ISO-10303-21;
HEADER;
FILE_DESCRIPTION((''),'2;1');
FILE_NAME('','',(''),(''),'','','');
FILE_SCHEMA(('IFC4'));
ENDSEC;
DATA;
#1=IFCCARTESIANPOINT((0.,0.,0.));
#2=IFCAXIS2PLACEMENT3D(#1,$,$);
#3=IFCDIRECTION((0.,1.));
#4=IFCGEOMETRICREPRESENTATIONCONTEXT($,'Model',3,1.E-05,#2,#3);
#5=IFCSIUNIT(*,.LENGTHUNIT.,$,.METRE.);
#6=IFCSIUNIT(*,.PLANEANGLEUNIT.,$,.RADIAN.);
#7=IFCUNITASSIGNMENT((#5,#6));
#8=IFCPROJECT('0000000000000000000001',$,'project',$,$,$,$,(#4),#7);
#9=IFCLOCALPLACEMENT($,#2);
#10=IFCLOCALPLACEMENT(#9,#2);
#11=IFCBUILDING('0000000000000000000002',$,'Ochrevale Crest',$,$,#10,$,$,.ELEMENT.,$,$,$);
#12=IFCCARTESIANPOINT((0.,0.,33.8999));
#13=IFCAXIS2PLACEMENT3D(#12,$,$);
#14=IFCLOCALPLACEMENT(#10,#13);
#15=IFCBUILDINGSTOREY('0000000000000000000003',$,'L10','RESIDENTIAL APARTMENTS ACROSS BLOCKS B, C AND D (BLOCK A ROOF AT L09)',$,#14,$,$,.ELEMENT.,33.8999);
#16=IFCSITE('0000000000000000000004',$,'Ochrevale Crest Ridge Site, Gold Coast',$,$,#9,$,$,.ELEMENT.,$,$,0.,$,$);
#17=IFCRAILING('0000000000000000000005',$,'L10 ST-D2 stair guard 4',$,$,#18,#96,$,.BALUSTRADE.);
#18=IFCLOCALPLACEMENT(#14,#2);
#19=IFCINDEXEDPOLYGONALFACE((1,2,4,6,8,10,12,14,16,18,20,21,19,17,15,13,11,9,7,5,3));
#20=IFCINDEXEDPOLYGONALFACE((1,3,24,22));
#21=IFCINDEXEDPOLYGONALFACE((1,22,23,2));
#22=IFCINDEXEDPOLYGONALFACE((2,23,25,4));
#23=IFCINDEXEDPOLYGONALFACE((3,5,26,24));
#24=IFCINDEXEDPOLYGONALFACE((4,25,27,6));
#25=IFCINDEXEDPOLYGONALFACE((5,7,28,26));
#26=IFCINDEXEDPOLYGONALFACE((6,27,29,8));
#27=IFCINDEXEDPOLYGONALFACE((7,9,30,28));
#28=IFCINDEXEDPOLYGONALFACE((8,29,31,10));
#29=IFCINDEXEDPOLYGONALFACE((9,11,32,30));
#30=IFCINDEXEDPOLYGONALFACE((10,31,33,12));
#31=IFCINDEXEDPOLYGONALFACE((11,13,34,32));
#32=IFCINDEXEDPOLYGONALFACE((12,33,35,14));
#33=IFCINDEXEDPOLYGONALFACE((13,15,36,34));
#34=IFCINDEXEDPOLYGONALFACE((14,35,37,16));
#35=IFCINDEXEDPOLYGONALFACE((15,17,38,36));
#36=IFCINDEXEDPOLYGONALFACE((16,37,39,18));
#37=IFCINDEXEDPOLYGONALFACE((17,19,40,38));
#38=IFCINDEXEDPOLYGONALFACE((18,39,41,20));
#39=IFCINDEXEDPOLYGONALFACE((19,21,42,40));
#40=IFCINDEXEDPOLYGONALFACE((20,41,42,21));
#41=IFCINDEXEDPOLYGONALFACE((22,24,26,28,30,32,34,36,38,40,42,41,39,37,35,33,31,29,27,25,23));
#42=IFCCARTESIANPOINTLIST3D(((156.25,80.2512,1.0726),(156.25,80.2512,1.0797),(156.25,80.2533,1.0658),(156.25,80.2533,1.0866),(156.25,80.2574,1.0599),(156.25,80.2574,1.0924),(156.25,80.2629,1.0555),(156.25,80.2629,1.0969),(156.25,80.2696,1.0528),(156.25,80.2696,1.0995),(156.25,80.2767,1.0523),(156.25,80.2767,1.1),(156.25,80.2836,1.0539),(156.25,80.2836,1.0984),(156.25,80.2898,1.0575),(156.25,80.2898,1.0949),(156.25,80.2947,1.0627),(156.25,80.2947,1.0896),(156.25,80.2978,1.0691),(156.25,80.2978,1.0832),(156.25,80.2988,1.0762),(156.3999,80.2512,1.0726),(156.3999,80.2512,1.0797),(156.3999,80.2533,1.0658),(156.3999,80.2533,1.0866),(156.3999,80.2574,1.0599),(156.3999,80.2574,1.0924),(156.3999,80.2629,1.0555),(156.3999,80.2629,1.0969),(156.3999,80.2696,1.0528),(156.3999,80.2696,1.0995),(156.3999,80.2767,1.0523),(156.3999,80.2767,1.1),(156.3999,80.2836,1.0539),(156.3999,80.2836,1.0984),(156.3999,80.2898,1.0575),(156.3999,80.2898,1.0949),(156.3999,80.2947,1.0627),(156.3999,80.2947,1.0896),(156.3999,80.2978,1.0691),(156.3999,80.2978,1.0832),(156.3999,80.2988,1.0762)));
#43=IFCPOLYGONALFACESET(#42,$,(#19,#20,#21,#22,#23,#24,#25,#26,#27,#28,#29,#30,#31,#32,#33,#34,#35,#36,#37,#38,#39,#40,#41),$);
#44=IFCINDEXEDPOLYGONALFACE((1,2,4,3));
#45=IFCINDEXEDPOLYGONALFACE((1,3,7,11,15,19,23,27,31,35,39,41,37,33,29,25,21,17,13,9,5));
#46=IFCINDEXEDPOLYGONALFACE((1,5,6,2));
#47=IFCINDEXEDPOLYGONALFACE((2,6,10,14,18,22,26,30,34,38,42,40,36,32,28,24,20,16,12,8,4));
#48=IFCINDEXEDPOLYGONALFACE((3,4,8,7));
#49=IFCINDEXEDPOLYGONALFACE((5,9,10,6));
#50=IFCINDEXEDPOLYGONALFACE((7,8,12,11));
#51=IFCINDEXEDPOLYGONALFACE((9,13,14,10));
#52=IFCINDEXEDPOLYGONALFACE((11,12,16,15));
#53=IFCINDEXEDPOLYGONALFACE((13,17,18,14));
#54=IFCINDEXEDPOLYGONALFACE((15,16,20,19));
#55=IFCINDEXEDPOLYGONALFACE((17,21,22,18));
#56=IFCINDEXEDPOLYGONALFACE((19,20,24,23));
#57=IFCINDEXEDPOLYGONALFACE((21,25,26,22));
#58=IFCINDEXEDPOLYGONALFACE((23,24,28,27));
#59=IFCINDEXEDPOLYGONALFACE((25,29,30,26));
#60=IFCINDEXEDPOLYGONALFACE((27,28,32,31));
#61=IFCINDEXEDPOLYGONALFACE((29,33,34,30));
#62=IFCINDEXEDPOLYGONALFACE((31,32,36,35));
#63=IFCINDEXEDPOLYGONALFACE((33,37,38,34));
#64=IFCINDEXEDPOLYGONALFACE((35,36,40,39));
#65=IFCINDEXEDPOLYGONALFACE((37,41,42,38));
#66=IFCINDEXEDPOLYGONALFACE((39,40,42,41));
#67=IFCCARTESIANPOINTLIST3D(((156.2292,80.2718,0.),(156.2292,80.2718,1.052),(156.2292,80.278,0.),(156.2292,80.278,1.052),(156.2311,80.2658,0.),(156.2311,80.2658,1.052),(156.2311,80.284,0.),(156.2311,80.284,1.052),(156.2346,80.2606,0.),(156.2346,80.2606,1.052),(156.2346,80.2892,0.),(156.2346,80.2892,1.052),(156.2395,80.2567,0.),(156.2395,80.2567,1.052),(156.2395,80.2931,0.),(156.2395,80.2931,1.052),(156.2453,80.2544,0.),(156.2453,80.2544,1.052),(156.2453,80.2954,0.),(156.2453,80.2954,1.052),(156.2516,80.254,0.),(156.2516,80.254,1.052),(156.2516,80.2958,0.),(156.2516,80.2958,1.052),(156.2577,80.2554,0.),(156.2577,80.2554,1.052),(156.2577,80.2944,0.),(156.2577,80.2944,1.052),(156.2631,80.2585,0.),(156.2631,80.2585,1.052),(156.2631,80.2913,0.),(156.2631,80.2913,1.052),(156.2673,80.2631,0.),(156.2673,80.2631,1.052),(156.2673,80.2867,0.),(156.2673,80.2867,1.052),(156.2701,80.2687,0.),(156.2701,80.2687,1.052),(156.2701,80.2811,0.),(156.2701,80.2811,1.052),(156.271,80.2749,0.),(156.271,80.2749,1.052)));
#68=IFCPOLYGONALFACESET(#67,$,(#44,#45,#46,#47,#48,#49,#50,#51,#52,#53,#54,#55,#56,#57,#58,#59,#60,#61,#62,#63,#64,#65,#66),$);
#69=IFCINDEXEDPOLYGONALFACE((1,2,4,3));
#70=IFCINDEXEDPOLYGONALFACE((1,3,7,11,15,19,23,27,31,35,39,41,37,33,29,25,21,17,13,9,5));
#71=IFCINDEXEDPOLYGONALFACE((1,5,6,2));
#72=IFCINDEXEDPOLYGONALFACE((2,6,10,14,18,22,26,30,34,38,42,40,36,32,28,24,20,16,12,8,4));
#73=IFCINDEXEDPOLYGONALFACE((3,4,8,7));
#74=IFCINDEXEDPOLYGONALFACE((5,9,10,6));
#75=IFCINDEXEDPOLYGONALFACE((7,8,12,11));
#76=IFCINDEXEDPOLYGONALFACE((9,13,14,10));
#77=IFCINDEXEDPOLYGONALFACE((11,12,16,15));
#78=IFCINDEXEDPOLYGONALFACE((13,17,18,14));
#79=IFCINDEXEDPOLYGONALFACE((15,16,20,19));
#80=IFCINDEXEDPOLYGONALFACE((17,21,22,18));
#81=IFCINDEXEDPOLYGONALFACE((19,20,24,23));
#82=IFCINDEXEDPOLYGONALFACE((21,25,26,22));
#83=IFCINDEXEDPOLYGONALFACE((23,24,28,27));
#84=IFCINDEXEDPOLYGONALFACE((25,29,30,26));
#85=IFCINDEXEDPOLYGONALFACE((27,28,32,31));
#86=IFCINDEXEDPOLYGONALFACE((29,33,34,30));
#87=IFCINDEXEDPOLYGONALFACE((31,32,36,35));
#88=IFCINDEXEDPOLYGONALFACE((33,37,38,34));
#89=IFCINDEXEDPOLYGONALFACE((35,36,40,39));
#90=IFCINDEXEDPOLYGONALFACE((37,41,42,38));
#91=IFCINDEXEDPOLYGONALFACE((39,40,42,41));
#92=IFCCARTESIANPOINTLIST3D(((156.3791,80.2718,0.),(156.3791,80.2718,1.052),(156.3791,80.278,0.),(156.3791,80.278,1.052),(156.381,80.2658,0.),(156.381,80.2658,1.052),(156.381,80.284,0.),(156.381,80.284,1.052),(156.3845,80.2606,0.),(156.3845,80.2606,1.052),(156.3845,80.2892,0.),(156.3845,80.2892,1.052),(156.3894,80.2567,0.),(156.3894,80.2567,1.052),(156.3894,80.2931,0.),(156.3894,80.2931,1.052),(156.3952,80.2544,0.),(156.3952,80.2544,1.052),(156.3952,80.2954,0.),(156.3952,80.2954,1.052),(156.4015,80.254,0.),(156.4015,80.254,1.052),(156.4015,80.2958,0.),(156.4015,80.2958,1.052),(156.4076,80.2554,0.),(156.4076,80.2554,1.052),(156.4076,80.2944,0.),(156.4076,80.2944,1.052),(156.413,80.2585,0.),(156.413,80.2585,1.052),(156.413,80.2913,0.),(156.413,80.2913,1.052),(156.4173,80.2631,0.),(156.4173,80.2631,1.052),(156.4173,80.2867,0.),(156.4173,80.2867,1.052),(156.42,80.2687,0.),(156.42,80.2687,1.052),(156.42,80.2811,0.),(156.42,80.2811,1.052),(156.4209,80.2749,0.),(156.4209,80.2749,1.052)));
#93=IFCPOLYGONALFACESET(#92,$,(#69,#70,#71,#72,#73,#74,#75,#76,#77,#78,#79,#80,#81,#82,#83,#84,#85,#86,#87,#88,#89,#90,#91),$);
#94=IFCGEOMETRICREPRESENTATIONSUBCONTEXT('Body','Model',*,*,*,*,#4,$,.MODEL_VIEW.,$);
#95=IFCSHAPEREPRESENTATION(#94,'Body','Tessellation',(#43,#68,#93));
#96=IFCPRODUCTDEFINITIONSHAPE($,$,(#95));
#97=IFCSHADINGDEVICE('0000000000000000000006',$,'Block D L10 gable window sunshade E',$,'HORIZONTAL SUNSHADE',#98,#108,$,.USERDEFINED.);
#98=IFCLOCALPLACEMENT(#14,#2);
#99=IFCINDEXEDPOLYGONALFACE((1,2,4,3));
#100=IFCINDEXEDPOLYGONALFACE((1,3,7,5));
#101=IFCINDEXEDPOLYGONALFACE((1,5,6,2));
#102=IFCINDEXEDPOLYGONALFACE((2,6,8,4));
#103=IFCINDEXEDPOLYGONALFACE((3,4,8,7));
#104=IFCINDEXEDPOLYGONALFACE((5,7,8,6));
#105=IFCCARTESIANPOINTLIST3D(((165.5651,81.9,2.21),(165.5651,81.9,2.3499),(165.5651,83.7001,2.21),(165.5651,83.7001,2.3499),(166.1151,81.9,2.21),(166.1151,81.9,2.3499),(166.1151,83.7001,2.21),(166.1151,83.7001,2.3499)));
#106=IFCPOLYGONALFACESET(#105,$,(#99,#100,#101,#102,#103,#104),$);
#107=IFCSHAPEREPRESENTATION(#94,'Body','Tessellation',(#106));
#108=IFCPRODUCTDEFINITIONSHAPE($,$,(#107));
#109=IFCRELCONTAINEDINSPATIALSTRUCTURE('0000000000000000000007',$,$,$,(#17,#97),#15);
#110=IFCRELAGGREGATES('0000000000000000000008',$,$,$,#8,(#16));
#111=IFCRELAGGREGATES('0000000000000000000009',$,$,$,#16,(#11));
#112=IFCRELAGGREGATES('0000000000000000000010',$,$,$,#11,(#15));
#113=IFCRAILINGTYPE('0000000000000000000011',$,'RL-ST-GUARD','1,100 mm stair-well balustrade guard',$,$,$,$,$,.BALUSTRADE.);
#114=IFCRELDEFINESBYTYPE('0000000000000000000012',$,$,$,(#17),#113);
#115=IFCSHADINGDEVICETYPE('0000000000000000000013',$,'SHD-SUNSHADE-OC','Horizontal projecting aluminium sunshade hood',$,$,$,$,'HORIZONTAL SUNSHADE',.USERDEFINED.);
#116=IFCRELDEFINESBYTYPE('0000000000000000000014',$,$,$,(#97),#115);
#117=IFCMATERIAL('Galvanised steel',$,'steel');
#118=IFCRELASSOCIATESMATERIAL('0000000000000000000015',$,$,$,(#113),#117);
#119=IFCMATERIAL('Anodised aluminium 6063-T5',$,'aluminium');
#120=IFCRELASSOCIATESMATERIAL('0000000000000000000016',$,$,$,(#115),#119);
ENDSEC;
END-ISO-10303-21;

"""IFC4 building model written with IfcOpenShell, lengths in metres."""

from ifc_helpers import new_model, si_unit, direction, frame, origin, origin_2d, place, context, subcontext, project, spatial, rectangle, circle, extrude, material, type_object, element, save


model = new_model("IFC4")

# Units and contexts
model_context = context("Model", 3, precision=1e-05, world=origin(), true_north=direction((0.0, 1.0)))
body_context = subcontext(model_context, "Body", "Model", "MODEL_VIEW")
ifc_project = project(units=[si_unit("LENGTHUNIT", "METRE"), si_unit("PLANEANGLEUNIT", "RADIAN")], contexts=[model_context])

# Site, building, storey
site_placement = place(None, origin())
site = spatial("IfcSite", under=ifc_project, at=site_placement, Name="Ochrevale Crest Ridge Site, Gold Coast", CompositionType="ELEMENT", RefElevation=0.0)
building_placement = place(site_placement, origin())
building = spatial("IfcBuilding", under=site, at=building_placement, Name="Ochrevale Crest", CompositionType="ELEMENT")
storey_placement = place(building_placement, frame((0.0, 0.0, 33.8999)))
storey = spatial("IfcBuildingStorey", under=building, at=storey_placement, Name="L10", Description="RESIDENTIAL APARTMENTS ACROSS BLOCKS B, C AND D (BLOCK A ROOF AT L09)", CompositionType="ELEMENT", Elevation=33.8999)

# Shared definitions
ifc_material_1 = material(Name="Anodised aluminium 6063-T5", Category="aluminium")

# Railing
ifc_material_2 = material(Name="Galvanised steel", Category="steel")
railing_type = type_object("IfcRailingType", Name="RL-ST-GUARD", Description="1,100 mm stair-well balustrade guard", PredefinedType="BALUSTRADE", material=ifc_material_2)
railing_placement = place(storey_placement, frame((156.25, 80.2749, 0.0)))
element("IfcRailing", 1, at=railing_placement, inside=storey, type_object=railing_type, Name="L10 ST-D2 stair guard 4", PredefinedType="BALUSTRADE", context=body_context, shape_type="SweptSolid", body=[
    extrude(circle(Radius=0.0239, at=origin_2d()), frame((0.0, 0.0, 1.0762), z_axis=(1.0, 0.0, 0.0), x_axis=(0.0, 1.0, 0.0)), (0.0, 0.0, 1.0), 0.1499),
    extrude(circle(Radius=0.021, at=origin_2d()), origin(), (0.0, 0.0, 1.0), 1.052),
    extrude(circle(Radius=0.021, at=origin_2d()), frame((0.1499, 0.0, 0.0)), (0.0, 0.0, 1.0), 1.052),
])

# Shading device
shading_device_type = type_object("IfcShadingDeviceType", Name="SHD-SUNSHADE-OC", Description="Horizontal projecting aluminium sunshade hood", ElementType="HORIZONTAL SUNSHADE", PredefinedType="USERDEFINED", material=ifc_material_1)
shading_device_placement = place(storey_placement, frame((165.8401, 82.8, 2.21), z_axis=(0.0, 0.0, 1.0), x_axis=(1.0, 0.0, 0.0)))
element("IfcShadingDevice", 2, at=shading_device_placement, inside=storey, type_object=shading_device_type, Name="Block D L10 gable window sunshade E", ObjectType="HORIZONTAL SUNSHADE", PredefinedType="USERDEFINED", context=body_context, shape_type="SweptSolid", body=[
    extrude(rectangle(XDim=0.55, YDim=1.8, at=origin_2d()), origin(), (0.0, 0.0, 1.0), 0.1399),
])

save(model, "model.ifc")
